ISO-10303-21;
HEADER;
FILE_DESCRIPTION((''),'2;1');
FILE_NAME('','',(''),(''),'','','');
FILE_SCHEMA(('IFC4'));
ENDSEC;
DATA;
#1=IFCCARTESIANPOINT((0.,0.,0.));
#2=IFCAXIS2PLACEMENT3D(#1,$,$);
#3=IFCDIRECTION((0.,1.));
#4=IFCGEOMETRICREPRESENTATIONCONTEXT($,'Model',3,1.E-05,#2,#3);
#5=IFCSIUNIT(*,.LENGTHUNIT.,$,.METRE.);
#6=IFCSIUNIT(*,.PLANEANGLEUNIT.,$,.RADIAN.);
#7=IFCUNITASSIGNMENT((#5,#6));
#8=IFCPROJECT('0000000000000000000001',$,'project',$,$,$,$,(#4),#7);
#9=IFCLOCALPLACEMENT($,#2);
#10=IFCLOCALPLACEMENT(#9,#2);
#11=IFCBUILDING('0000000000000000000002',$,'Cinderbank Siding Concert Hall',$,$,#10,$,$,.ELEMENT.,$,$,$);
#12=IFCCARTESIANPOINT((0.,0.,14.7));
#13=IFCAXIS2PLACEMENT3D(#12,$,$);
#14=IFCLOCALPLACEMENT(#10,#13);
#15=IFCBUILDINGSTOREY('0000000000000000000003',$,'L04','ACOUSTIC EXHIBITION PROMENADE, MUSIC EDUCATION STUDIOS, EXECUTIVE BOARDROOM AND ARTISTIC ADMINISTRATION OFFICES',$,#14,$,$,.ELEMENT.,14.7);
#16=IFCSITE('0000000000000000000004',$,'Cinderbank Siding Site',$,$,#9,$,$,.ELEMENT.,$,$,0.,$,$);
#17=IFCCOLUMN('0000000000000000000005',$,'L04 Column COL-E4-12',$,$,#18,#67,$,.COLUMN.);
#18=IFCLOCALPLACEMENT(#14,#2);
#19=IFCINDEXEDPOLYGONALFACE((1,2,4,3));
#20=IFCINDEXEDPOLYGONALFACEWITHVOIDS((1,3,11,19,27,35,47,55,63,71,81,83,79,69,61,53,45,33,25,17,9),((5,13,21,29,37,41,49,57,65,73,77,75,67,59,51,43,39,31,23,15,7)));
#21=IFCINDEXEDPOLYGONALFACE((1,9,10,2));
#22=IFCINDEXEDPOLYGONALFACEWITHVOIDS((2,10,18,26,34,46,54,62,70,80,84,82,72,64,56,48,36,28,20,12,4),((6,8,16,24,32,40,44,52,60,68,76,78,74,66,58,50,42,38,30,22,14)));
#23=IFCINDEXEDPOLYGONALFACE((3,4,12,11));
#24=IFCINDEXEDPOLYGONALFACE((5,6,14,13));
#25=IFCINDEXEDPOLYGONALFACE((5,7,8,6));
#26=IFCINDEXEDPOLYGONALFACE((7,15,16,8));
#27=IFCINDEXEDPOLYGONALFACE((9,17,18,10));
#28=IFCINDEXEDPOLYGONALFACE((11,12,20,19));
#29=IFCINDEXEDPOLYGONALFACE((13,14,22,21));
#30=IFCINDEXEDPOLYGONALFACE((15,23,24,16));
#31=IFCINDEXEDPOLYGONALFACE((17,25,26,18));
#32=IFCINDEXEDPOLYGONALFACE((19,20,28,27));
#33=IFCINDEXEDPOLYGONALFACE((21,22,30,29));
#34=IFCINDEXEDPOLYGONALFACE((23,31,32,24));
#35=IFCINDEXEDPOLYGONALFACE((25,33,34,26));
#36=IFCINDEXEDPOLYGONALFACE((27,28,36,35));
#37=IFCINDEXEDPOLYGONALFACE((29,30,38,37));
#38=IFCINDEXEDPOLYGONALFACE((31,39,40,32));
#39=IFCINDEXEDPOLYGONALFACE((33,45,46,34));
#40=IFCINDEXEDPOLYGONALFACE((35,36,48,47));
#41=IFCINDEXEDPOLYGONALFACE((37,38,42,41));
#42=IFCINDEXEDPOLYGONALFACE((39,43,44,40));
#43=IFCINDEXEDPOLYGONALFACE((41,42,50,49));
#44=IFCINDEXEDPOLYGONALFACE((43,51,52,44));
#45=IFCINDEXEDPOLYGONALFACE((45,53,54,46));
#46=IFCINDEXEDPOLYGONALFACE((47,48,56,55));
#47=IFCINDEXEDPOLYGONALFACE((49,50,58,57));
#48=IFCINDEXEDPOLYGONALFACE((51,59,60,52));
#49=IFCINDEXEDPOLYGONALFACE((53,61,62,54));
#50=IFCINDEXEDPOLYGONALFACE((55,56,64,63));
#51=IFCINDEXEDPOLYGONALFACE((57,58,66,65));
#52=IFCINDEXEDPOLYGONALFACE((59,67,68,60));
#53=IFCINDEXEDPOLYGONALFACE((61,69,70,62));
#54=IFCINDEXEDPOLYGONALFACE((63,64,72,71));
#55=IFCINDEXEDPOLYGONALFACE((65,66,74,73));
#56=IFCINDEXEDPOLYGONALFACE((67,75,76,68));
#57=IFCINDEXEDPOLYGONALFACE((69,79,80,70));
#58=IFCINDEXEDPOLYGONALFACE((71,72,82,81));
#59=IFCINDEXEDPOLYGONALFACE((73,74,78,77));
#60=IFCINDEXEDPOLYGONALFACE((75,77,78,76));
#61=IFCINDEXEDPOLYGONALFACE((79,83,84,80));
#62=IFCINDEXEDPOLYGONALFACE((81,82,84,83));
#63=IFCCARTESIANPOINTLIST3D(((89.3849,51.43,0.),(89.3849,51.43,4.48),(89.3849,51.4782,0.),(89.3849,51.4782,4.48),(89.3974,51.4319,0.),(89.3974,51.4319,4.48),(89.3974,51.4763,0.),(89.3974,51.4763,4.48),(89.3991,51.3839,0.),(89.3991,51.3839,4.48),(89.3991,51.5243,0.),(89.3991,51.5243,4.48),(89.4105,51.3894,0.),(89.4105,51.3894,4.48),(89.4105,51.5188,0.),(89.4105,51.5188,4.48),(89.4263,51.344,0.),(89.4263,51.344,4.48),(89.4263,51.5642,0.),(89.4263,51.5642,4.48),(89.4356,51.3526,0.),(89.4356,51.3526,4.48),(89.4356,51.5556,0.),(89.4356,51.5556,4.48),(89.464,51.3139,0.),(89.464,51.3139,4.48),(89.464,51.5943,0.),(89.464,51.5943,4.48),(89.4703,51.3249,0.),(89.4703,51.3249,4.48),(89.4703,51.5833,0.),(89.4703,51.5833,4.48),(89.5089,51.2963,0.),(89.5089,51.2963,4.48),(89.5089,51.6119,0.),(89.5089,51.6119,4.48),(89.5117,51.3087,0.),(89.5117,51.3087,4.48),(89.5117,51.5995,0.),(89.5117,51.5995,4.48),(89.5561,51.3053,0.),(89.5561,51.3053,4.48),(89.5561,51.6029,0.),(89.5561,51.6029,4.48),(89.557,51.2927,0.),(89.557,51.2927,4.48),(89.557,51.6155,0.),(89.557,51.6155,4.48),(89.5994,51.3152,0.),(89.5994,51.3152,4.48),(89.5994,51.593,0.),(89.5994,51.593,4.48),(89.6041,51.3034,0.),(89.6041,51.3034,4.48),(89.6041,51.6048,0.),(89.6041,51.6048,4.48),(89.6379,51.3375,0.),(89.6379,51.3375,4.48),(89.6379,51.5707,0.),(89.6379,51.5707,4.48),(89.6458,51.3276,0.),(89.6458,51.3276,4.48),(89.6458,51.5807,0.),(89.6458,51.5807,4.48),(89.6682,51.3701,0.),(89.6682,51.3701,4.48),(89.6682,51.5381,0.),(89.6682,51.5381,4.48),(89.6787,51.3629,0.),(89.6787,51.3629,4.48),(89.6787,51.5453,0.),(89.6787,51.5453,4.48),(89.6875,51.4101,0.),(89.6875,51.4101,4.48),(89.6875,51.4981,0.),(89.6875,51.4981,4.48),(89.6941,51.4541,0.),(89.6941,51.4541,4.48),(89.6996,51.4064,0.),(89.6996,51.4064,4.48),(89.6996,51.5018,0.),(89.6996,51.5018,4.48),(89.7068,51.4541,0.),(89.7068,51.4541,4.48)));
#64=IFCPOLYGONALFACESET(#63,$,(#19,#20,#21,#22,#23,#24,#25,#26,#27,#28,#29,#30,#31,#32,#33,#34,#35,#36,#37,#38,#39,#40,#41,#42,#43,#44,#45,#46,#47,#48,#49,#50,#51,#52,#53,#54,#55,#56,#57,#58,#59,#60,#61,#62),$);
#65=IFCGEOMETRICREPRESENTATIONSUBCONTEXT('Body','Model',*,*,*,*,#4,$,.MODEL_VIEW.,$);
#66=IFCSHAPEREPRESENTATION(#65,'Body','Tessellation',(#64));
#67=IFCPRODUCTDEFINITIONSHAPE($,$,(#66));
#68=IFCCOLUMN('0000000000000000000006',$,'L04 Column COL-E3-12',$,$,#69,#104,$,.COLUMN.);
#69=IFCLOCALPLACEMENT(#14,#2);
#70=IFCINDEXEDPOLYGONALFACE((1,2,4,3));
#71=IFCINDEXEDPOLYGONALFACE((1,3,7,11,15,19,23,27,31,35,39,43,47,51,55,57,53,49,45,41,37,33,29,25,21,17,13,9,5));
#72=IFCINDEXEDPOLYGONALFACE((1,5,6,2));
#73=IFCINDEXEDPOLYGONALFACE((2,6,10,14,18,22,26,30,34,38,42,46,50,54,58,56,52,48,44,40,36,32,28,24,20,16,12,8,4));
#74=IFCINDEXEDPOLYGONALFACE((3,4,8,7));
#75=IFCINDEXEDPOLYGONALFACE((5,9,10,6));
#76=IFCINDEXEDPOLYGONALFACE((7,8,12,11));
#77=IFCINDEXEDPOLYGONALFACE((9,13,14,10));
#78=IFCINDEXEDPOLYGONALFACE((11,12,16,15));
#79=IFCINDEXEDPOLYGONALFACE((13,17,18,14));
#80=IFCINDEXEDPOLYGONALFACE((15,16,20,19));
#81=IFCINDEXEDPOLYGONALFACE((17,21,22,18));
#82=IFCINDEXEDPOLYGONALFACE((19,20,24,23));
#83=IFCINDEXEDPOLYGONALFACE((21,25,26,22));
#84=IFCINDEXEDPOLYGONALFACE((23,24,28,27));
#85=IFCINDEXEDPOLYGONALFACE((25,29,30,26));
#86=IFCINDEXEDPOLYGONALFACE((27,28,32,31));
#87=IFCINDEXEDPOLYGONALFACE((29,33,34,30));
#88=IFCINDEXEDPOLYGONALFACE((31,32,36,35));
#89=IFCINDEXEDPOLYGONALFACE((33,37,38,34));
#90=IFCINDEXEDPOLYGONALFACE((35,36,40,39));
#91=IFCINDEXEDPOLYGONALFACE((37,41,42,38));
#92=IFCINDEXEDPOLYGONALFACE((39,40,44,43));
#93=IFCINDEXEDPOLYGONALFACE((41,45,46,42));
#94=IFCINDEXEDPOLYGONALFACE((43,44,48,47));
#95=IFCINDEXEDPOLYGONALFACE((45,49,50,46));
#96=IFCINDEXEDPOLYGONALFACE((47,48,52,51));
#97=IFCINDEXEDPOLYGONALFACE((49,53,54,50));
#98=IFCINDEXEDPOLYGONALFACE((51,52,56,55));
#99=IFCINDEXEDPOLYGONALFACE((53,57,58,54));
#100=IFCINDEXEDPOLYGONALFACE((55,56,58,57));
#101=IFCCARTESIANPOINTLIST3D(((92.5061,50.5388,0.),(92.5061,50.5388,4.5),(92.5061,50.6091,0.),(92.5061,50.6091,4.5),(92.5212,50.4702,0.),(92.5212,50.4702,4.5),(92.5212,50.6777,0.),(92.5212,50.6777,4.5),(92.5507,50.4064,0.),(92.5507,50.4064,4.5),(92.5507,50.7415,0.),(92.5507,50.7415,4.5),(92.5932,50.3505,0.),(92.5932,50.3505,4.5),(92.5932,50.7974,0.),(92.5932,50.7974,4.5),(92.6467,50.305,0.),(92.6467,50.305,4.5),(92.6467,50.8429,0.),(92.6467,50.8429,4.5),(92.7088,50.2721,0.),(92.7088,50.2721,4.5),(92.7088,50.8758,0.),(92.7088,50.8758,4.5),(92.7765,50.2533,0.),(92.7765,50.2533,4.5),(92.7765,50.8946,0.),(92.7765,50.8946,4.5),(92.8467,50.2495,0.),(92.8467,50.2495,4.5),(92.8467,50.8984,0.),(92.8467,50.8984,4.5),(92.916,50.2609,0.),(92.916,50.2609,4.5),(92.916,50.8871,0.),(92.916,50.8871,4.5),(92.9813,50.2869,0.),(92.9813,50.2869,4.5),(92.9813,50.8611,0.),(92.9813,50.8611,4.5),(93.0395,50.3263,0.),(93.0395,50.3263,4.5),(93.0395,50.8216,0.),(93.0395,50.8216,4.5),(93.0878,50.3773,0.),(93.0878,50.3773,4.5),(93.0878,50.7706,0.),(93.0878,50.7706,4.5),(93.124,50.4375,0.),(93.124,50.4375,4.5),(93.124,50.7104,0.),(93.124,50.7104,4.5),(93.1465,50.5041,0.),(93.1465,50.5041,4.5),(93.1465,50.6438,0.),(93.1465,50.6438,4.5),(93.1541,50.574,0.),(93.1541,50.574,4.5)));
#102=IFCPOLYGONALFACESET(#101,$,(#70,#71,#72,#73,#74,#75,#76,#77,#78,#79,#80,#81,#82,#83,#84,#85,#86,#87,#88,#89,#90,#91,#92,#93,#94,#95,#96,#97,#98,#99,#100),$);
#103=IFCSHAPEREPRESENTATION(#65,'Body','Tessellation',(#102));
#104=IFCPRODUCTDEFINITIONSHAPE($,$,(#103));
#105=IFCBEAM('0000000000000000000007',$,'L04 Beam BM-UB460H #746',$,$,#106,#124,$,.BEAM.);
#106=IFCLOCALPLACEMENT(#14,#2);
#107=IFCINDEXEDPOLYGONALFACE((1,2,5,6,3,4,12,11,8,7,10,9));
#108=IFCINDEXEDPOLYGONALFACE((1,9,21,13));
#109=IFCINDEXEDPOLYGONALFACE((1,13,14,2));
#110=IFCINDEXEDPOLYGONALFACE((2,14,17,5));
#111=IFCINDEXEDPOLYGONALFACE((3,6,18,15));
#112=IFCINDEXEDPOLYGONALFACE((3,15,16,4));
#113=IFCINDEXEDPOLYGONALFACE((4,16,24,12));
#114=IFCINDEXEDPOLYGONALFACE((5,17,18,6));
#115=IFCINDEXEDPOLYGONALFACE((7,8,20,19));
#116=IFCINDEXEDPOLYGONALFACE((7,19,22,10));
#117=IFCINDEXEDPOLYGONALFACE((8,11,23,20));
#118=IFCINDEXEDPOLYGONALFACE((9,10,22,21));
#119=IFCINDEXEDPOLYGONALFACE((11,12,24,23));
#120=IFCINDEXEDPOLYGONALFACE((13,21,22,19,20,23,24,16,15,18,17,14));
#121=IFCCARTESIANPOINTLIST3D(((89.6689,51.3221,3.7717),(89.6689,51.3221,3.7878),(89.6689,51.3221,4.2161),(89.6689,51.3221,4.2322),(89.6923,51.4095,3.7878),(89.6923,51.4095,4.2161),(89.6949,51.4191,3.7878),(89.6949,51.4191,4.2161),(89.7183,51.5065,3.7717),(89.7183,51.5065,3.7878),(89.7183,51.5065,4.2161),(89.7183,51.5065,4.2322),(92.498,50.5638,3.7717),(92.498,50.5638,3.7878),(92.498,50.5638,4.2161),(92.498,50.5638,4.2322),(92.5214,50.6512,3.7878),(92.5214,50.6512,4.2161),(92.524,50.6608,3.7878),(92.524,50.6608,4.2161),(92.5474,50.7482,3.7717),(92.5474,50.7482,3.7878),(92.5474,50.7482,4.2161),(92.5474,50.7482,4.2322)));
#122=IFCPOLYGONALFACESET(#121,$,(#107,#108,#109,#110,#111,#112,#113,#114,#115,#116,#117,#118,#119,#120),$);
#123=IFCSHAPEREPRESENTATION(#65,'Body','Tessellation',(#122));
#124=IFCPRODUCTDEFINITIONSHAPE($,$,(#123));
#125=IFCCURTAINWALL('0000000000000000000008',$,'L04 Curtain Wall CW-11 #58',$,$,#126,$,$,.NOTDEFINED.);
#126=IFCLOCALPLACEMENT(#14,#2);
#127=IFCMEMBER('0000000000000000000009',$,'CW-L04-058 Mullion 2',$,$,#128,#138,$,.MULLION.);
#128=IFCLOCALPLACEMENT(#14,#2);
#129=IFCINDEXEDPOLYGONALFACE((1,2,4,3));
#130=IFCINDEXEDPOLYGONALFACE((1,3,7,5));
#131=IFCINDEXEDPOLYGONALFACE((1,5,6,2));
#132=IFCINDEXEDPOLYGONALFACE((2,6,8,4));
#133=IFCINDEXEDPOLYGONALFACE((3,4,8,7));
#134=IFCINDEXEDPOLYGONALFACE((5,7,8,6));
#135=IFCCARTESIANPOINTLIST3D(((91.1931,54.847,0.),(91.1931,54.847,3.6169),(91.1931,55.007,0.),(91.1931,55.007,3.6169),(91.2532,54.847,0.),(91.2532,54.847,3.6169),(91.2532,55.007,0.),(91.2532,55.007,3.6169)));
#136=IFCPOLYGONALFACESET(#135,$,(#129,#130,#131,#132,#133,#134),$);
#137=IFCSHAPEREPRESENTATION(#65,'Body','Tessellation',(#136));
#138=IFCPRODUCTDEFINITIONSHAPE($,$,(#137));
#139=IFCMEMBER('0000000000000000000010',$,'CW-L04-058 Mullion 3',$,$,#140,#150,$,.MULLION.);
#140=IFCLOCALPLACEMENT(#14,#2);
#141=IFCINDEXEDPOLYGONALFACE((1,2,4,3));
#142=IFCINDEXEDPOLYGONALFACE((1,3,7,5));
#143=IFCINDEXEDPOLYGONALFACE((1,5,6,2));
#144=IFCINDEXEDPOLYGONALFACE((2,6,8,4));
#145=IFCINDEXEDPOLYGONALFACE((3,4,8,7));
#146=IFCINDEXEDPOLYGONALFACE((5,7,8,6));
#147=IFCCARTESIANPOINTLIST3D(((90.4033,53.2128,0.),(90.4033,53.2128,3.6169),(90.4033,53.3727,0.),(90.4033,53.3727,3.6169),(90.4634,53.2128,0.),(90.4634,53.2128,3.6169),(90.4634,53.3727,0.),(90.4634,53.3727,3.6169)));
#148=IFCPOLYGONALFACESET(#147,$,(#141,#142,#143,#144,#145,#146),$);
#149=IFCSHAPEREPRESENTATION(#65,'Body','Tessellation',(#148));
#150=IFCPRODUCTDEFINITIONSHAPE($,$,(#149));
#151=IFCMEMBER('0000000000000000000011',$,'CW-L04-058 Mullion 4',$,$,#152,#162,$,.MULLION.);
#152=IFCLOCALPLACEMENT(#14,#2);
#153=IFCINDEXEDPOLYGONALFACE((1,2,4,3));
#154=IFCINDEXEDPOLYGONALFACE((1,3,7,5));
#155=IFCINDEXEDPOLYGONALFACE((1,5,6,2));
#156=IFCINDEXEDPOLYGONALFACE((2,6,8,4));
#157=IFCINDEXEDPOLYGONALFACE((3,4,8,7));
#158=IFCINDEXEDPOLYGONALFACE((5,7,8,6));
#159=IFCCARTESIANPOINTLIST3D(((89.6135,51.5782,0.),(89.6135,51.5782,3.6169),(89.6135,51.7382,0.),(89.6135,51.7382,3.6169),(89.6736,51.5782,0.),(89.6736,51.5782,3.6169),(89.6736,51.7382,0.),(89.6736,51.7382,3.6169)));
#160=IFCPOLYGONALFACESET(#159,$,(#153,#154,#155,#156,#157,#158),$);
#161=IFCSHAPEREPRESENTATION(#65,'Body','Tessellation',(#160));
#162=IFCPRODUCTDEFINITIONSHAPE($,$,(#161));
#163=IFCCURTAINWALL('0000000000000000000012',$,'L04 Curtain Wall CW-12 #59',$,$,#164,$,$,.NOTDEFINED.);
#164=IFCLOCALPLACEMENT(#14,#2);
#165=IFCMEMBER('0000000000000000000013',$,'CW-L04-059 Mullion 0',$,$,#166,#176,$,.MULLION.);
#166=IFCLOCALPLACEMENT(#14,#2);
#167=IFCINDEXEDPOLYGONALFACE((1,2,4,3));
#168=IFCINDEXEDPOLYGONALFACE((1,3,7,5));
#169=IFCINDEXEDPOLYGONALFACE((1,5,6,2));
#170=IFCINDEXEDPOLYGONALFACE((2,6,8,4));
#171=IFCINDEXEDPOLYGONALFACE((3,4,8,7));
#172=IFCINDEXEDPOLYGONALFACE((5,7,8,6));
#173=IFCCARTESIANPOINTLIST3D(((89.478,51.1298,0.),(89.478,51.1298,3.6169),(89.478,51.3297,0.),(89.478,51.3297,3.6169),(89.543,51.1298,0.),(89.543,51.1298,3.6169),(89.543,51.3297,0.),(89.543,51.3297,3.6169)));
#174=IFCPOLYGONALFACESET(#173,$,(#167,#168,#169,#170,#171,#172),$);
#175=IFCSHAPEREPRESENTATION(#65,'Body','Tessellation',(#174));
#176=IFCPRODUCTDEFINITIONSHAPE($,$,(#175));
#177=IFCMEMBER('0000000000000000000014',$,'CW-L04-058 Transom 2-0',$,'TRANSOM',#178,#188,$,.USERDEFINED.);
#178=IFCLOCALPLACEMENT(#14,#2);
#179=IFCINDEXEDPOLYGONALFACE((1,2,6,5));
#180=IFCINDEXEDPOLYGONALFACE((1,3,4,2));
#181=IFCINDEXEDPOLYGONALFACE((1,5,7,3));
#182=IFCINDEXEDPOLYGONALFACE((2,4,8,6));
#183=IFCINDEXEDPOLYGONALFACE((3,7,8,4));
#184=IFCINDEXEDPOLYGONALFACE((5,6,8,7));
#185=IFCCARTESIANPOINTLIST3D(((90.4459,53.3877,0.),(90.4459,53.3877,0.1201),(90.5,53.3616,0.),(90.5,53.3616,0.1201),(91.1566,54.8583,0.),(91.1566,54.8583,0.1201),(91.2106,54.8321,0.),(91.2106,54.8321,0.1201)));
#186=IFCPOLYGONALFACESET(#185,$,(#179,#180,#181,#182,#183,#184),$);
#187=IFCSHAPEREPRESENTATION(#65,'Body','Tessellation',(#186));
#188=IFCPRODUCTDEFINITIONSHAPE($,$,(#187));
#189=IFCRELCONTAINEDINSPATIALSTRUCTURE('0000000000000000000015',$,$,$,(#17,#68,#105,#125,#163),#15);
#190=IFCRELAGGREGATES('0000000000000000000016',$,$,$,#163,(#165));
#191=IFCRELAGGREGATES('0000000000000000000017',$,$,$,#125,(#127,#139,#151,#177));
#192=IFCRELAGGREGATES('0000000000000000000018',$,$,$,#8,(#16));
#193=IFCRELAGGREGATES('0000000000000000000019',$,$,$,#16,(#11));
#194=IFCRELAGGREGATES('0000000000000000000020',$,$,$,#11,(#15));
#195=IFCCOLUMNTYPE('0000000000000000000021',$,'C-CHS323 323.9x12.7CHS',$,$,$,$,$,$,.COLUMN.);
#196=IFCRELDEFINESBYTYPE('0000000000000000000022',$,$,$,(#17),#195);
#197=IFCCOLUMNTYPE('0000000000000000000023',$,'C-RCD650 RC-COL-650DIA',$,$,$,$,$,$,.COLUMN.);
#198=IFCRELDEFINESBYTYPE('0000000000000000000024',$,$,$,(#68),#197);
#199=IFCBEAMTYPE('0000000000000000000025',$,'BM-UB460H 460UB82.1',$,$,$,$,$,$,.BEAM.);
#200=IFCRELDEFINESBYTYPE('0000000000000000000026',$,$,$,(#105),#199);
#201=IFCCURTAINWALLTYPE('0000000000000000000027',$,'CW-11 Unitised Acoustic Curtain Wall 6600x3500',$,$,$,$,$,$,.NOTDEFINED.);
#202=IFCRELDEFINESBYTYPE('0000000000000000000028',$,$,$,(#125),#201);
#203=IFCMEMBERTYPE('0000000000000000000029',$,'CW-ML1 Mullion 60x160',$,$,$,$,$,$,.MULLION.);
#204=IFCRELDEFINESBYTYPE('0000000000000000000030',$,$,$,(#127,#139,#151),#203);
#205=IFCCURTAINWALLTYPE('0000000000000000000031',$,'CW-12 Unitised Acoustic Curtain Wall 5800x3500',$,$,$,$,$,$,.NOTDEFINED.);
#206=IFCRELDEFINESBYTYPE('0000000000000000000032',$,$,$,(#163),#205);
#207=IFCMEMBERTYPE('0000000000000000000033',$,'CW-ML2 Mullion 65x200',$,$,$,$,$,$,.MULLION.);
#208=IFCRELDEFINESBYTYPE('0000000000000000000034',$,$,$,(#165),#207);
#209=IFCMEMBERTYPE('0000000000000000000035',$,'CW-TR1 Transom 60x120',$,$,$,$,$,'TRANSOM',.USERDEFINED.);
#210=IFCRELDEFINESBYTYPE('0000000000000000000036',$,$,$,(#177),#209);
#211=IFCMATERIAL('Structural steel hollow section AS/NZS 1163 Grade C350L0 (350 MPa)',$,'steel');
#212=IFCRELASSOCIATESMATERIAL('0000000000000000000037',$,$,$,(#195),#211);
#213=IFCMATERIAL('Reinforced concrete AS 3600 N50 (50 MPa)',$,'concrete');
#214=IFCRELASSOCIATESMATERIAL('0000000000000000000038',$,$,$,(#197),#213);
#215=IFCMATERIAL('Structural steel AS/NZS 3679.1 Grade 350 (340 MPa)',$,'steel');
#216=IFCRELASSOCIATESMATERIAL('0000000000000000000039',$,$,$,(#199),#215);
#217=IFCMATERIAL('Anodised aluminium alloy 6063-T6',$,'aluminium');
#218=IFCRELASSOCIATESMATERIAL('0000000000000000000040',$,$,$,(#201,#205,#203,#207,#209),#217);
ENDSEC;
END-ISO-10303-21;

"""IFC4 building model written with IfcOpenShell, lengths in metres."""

from ifc_helpers import new_model, si_unit, direction, frame, origin, origin_2d, place, context, subcontext, project, spatial, rectangle, circle, hollow_circle, i_section, extrude, material, material_profile, profile_set, type_object, element, aggregate, save


model = new_model("IFC4")

# Units and contexts
model_context = context("Model", 3, precision=1e-05, world=origin(), true_north=direction((0.0, 1.0)))
body_context = subcontext(model_context, "Body", "Model", "MODEL_VIEW")
ifc_project = project(units=[si_unit("LENGTHUNIT", "METRE"), si_unit("PLANEANGLEUNIT", "RADIAN")], contexts=[model_context])

# Site, building, storey
site_placement = place(None, origin())
site = spatial("IfcSite", under=ifc_project, at=site_placement, Name="Cinderbank Siding Site", CompositionType="ELEMENT", RefElevation=0.0)
building_placement = place(site_placement, origin())
building = spatial("IfcBuilding", under=site, at=building_placement, Name="Cinderbank Siding Concert Hall", CompositionType="ELEMENT")
storey_placement = place(building_placement, frame((0.0, 0.0, 14.7)))
storey = spatial("IfcBuildingStorey", under=building, at=storey_placement, Name="L04", Description="ACOUSTIC EXHIBITION PROMENADE, MUSIC EDUCATION STUDIOS, EXECUTIVE BOARDROOM AND ARTISTIC ADMINISTRATION OFFICES", CompositionType="ELEMENT", Elevation=14.7)

# Columns
ifc_material_1 = material(Name="Structural steel hollow section AS/NZS 1163 Grade C350L0 (350 MPa)", Category="steel")
ifc_material_profile_1 = material_profile(ifc_material_1, hollow_circle(Radius=0.1619, WallThickness=0.0127, at=origin_2d()), Name="323.9x12.7CHS", Category="LoadBearing")
ifc_profile_set_1 = profile_set([ifc_material_profile_1], Name="Structural steel hollow section AS/NZS 1163 Grade C350L0 (350 MPa)")
column_type_1 = type_object("IfcColumnType", Name="C-CHS323 323.9x12.7CHS", PredefinedType="COLUMN", material=ifc_profile_set_1)
column_1_placement = place(storey_placement, frame((89.5449, 51.4541, 0.0), z_axis=(0.0, 0.0, 1.0), x_axis=(1.0, 0.0, 0.0)))
element("IfcColumn", 1, at=column_1_placement, inside=storey, type_object=column_type_1, Name="L04 Column COL-E4-12", PredefinedType="COLUMN", context=body_context, shape_type="SweptSolid", body=[
    extrude(hollow_circle(Radius=0.1619, WallThickness=0.0127, at=origin_2d()), origin(), (0.0, 0.0, 1.0), 4.48),
])
ifc_material_2 = material(Name="Reinforced concrete AS 3600 N50 (50 MPa)", Category="concrete")
ifc_material_profile_2 = material_profile(ifc_material_2, circle(Radius=0.325, at=origin_2d()), Name="RC-COL-650DIA", Category="LoadBearing")
ifc_profile_set_2 = profile_set([ifc_material_profile_2], Name="Reinforced concrete AS 3600 N50 (50 MPa)")
column_type_2 = type_object("IfcColumnType", Name="C-RCD650 RC-COL-650DIA", PredefinedType="COLUMN", material=ifc_profile_set_2)
column_2_placement = place(storey_placement, frame((92.8291, 50.574, 0.0), z_axis=(0.0, 0.0, 1.0), x_axis=(1.0, 0.0, 0.0)))
element("IfcColumn", 2, at=column_2_placement, inside=storey, type_object=column_type_2, Name="L04 Column COL-E3-12", PredefinedType="COLUMN", context=body_context, shape_type="SweptSolid", body=[
    extrude(circle(Radius=0.325, at=origin_2d()), origin(), (0.0, 0.0, 1.0), 4.5),
])

# Beam
ifc_material_3 = material(Name="Structural steel AS/NZS 3679.1 Grade 350 (340 MPa)", Category="steel")
ifc_material_profile_3 = material_profile(ifc_material_3, i_section(OverallWidth=0.1909, OverallDepth=0.4604, WebThickness=0.01, FlangeThickness=0.0161, at=origin_2d()), Name="460UB82.1", Category="LoadBearing")
ifc_profile_set_3 = profile_set([ifc_material_profile_3], Name="Structural steel AS/NZS 3679.1 Grade 350 (340 MPa)")
beam_type_1 = type_object("IfcBeamType", Name="BM-UB460H 460UB82.1", PredefinedType="BEAM", material=ifc_profile_set_3)
beam_1_placement = place(storey_placement, frame((92.5227, 50.656, 4.002), z_axis=(-0.965905, 0.258897, 0.0), x_axis=(-0.258897, -0.965905, 0.0)))
element("IfcBeam", 3, at=beam_1_placement, inside=storey, type_object=beam_type_1, Name="L04 Beam BM-UB460H #746", PredefinedType="BEAM", context=body_context, shape_type="SweptSolid", body=[
    extrude(i_section(OverallWidth=0.1909, OverallDepth=0.4604, WebThickness=0.01, FlangeThickness=0.0161, at=origin_2d()), origin(), (0.0, 0.0, 1.0), 2.929),
])

# Curtain wall, members
ifc_material_4 = material(Name="Anodised aluminium alloy 6063-T6", Category="aluminium")
curtain_wall_type_1 = type_object("IfcCurtainWallType", Name="CW-11 Unitised Acoustic Curtain Wall 6600x3500", PredefinedType="NOTDEFINED", material=ifc_material_4)
curtain_wall_1_placement = place(storey_placement, origin())
curtain_wall_1 = element("IfcCurtainWall", 4, at=curtain_wall_1_placement, inside=storey, type_object=curtain_wall_type_1, Name="L04 Curtain Wall CW-11 #58", PredefinedType="NOTDEFINED")
ifc_material_profile_4 = material_profile(ifc_material_4, rectangle(XDim=0.0601, YDim=0.1599, at=origin_2d()), Name="ALU-MULL-60x160", Category="LoadBearing")
ifc_profile_set_4 = profile_set([ifc_material_profile_4], Name="Anodised aluminium alloy 6063-T6")
member_type_1 = type_object("IfcMemberType", Name="CW-ML1 Mullion 60x160", PredefinedType="MULLION", material=ifc_profile_set_4)
member_1_placement = place(storey_placement, frame((91.2231, 54.927, 0.0), z_axis=(0.0, 0.0, 1.0), x_axis=(1.0, 0.0, 0.0)))
member_1 = element("IfcMember", 5, at=member_1_placement, type_object=member_type_1, Name="CW-L04-058 Mullion 2", PredefinedType="MULLION", context=body_context, shape_type="SweptSolid", body=[
    extrude(rectangle(XDim=0.0601, YDim=0.1599, at=origin_2d()), origin(), (0.0, 0.0, 1.0), 3.6169),
])
member_2_placement = place(storey_placement, frame((90.4333, 53.2927, 0.0), z_axis=(0.0, 0.0, 1.0), x_axis=(1.0, 0.0, 0.0)))
member_2 = element("IfcMember", 6, at=member_2_placement, type_object=member_type_1, Name="CW-L04-058 Mullion 3", PredefinedType="MULLION", context=body_context, shape_type="SweptSolid", body=[
    extrude(rectangle(XDim=0.0601, YDim=0.1599, at=origin_2d()), origin(), (0.0, 0.0, 1.0), 3.6169),
])
member_3_placement = place(storey_placement, frame((89.6436, 51.6582, 0.0), z_axis=(0.0, 0.0, 1.0), x_axis=(1.0, 0.0, 0.0)))
member_3 = element("IfcMember", 7, at=member_3_placement, type_object=member_type_1, Name="CW-L04-058 Mullion 4", PredefinedType="MULLION", context=body_context, shape_type="SweptSolid", body=[
    extrude(rectangle(XDim=0.0601, YDim=0.1599, at=origin_2d()), origin(), (0.0, 0.0, 1.0), 3.6169),
])

# Curtain wall, member
curtain_wall_type_2 = type_object("IfcCurtainWallType", Name="CW-12 Unitised Acoustic Curtain Wall 5800x3500", PredefinedType="NOTDEFINED", material=ifc_material_4)
curtain_wall_2_placement = place(storey_placement, origin())
curtain_wall_2 = element("IfcCurtainWall", 8, at=curtain_wall_2_placement, inside=storey, type_object=curtain_wall_type_2, Name="L04 Curtain Wall CW-12 #59", PredefinedType="NOTDEFINED")
ifc_material_profile_5 = material_profile(ifc_material_4, rectangle(XDim=0.0649, YDim=0.2, at=origin_2d()), Name="ALU-MULL-65x200", Category="LoadBearing")
ifc_profile_set_5 = profile_set([ifc_material_profile_5], Name="Anodised aluminium alloy 6063-T6")
member_type_2 = type_object("IfcMemberType", Name="CW-ML2 Mullion 65x200", PredefinedType="MULLION", material=ifc_profile_set_5)
member_4_placement = place(storey_placement, frame((89.5105, 51.2297, 0.0), z_axis=(0.0, 0.0, 1.0), x_axis=(1.0, 0.0, 0.0)))
member_4 = element("IfcMember", 9, at=member_4_placement, type_object=member_type_2, Name="CW-L04-059 Mullion 0", PredefinedType="MULLION", context=body_context, shape_type="SweptSolid", body=[
    extrude(rectangle(XDim=0.0649, YDim=0.2, at=origin_2d()), origin(), (0.0, 0.0, 1.0), 3.6169),
])

# Member
ifc_material_profile_6 = material_profile(ifc_material_4, rectangle(XDim=0.0601, YDim=0.1201, at=origin_2d()), Name="ALU-TRAN-60x120", Category="LoadBearing")
ifc_profile_set_6 = profile_set([ifc_material_profile_6], Name="Anodised aluminium alloy 6063-T6")
member_type_3 = type_object("IfcMemberType", Name="CW-TR1 Transom 60x120", ElementType="TRANSOM", PredefinedType="USERDEFINED", material=ifc_profile_set_6)
member_5_placement = place(storey_placement, frame((91.1836, 54.8452, 0.0601), z_axis=(-0.435096, -0.900384, 0.0), x_axis=(0.900384, -0.435096, 0.0)))
member_5 = element("IfcMember", 10, at=member_5_placement, type_object=member_type_3, Name="CW-L04-058 Transom 2-0", ObjectType="TRANSOM", PredefinedType="USERDEFINED", context=body_context, shape_type="SweptSolid", body=[
    extrude(rectangle(XDim=0.0601, YDim=0.1201, at=origin_2d()), origin(), (0.0, 0.0, 1.0), 1.6333),
])
aggregate(curtain_wall_2, [member_4])

aggregate(curtain_wall_1, [member_1, member_2, member_3, member_5])

save(model, "model.ifc")
